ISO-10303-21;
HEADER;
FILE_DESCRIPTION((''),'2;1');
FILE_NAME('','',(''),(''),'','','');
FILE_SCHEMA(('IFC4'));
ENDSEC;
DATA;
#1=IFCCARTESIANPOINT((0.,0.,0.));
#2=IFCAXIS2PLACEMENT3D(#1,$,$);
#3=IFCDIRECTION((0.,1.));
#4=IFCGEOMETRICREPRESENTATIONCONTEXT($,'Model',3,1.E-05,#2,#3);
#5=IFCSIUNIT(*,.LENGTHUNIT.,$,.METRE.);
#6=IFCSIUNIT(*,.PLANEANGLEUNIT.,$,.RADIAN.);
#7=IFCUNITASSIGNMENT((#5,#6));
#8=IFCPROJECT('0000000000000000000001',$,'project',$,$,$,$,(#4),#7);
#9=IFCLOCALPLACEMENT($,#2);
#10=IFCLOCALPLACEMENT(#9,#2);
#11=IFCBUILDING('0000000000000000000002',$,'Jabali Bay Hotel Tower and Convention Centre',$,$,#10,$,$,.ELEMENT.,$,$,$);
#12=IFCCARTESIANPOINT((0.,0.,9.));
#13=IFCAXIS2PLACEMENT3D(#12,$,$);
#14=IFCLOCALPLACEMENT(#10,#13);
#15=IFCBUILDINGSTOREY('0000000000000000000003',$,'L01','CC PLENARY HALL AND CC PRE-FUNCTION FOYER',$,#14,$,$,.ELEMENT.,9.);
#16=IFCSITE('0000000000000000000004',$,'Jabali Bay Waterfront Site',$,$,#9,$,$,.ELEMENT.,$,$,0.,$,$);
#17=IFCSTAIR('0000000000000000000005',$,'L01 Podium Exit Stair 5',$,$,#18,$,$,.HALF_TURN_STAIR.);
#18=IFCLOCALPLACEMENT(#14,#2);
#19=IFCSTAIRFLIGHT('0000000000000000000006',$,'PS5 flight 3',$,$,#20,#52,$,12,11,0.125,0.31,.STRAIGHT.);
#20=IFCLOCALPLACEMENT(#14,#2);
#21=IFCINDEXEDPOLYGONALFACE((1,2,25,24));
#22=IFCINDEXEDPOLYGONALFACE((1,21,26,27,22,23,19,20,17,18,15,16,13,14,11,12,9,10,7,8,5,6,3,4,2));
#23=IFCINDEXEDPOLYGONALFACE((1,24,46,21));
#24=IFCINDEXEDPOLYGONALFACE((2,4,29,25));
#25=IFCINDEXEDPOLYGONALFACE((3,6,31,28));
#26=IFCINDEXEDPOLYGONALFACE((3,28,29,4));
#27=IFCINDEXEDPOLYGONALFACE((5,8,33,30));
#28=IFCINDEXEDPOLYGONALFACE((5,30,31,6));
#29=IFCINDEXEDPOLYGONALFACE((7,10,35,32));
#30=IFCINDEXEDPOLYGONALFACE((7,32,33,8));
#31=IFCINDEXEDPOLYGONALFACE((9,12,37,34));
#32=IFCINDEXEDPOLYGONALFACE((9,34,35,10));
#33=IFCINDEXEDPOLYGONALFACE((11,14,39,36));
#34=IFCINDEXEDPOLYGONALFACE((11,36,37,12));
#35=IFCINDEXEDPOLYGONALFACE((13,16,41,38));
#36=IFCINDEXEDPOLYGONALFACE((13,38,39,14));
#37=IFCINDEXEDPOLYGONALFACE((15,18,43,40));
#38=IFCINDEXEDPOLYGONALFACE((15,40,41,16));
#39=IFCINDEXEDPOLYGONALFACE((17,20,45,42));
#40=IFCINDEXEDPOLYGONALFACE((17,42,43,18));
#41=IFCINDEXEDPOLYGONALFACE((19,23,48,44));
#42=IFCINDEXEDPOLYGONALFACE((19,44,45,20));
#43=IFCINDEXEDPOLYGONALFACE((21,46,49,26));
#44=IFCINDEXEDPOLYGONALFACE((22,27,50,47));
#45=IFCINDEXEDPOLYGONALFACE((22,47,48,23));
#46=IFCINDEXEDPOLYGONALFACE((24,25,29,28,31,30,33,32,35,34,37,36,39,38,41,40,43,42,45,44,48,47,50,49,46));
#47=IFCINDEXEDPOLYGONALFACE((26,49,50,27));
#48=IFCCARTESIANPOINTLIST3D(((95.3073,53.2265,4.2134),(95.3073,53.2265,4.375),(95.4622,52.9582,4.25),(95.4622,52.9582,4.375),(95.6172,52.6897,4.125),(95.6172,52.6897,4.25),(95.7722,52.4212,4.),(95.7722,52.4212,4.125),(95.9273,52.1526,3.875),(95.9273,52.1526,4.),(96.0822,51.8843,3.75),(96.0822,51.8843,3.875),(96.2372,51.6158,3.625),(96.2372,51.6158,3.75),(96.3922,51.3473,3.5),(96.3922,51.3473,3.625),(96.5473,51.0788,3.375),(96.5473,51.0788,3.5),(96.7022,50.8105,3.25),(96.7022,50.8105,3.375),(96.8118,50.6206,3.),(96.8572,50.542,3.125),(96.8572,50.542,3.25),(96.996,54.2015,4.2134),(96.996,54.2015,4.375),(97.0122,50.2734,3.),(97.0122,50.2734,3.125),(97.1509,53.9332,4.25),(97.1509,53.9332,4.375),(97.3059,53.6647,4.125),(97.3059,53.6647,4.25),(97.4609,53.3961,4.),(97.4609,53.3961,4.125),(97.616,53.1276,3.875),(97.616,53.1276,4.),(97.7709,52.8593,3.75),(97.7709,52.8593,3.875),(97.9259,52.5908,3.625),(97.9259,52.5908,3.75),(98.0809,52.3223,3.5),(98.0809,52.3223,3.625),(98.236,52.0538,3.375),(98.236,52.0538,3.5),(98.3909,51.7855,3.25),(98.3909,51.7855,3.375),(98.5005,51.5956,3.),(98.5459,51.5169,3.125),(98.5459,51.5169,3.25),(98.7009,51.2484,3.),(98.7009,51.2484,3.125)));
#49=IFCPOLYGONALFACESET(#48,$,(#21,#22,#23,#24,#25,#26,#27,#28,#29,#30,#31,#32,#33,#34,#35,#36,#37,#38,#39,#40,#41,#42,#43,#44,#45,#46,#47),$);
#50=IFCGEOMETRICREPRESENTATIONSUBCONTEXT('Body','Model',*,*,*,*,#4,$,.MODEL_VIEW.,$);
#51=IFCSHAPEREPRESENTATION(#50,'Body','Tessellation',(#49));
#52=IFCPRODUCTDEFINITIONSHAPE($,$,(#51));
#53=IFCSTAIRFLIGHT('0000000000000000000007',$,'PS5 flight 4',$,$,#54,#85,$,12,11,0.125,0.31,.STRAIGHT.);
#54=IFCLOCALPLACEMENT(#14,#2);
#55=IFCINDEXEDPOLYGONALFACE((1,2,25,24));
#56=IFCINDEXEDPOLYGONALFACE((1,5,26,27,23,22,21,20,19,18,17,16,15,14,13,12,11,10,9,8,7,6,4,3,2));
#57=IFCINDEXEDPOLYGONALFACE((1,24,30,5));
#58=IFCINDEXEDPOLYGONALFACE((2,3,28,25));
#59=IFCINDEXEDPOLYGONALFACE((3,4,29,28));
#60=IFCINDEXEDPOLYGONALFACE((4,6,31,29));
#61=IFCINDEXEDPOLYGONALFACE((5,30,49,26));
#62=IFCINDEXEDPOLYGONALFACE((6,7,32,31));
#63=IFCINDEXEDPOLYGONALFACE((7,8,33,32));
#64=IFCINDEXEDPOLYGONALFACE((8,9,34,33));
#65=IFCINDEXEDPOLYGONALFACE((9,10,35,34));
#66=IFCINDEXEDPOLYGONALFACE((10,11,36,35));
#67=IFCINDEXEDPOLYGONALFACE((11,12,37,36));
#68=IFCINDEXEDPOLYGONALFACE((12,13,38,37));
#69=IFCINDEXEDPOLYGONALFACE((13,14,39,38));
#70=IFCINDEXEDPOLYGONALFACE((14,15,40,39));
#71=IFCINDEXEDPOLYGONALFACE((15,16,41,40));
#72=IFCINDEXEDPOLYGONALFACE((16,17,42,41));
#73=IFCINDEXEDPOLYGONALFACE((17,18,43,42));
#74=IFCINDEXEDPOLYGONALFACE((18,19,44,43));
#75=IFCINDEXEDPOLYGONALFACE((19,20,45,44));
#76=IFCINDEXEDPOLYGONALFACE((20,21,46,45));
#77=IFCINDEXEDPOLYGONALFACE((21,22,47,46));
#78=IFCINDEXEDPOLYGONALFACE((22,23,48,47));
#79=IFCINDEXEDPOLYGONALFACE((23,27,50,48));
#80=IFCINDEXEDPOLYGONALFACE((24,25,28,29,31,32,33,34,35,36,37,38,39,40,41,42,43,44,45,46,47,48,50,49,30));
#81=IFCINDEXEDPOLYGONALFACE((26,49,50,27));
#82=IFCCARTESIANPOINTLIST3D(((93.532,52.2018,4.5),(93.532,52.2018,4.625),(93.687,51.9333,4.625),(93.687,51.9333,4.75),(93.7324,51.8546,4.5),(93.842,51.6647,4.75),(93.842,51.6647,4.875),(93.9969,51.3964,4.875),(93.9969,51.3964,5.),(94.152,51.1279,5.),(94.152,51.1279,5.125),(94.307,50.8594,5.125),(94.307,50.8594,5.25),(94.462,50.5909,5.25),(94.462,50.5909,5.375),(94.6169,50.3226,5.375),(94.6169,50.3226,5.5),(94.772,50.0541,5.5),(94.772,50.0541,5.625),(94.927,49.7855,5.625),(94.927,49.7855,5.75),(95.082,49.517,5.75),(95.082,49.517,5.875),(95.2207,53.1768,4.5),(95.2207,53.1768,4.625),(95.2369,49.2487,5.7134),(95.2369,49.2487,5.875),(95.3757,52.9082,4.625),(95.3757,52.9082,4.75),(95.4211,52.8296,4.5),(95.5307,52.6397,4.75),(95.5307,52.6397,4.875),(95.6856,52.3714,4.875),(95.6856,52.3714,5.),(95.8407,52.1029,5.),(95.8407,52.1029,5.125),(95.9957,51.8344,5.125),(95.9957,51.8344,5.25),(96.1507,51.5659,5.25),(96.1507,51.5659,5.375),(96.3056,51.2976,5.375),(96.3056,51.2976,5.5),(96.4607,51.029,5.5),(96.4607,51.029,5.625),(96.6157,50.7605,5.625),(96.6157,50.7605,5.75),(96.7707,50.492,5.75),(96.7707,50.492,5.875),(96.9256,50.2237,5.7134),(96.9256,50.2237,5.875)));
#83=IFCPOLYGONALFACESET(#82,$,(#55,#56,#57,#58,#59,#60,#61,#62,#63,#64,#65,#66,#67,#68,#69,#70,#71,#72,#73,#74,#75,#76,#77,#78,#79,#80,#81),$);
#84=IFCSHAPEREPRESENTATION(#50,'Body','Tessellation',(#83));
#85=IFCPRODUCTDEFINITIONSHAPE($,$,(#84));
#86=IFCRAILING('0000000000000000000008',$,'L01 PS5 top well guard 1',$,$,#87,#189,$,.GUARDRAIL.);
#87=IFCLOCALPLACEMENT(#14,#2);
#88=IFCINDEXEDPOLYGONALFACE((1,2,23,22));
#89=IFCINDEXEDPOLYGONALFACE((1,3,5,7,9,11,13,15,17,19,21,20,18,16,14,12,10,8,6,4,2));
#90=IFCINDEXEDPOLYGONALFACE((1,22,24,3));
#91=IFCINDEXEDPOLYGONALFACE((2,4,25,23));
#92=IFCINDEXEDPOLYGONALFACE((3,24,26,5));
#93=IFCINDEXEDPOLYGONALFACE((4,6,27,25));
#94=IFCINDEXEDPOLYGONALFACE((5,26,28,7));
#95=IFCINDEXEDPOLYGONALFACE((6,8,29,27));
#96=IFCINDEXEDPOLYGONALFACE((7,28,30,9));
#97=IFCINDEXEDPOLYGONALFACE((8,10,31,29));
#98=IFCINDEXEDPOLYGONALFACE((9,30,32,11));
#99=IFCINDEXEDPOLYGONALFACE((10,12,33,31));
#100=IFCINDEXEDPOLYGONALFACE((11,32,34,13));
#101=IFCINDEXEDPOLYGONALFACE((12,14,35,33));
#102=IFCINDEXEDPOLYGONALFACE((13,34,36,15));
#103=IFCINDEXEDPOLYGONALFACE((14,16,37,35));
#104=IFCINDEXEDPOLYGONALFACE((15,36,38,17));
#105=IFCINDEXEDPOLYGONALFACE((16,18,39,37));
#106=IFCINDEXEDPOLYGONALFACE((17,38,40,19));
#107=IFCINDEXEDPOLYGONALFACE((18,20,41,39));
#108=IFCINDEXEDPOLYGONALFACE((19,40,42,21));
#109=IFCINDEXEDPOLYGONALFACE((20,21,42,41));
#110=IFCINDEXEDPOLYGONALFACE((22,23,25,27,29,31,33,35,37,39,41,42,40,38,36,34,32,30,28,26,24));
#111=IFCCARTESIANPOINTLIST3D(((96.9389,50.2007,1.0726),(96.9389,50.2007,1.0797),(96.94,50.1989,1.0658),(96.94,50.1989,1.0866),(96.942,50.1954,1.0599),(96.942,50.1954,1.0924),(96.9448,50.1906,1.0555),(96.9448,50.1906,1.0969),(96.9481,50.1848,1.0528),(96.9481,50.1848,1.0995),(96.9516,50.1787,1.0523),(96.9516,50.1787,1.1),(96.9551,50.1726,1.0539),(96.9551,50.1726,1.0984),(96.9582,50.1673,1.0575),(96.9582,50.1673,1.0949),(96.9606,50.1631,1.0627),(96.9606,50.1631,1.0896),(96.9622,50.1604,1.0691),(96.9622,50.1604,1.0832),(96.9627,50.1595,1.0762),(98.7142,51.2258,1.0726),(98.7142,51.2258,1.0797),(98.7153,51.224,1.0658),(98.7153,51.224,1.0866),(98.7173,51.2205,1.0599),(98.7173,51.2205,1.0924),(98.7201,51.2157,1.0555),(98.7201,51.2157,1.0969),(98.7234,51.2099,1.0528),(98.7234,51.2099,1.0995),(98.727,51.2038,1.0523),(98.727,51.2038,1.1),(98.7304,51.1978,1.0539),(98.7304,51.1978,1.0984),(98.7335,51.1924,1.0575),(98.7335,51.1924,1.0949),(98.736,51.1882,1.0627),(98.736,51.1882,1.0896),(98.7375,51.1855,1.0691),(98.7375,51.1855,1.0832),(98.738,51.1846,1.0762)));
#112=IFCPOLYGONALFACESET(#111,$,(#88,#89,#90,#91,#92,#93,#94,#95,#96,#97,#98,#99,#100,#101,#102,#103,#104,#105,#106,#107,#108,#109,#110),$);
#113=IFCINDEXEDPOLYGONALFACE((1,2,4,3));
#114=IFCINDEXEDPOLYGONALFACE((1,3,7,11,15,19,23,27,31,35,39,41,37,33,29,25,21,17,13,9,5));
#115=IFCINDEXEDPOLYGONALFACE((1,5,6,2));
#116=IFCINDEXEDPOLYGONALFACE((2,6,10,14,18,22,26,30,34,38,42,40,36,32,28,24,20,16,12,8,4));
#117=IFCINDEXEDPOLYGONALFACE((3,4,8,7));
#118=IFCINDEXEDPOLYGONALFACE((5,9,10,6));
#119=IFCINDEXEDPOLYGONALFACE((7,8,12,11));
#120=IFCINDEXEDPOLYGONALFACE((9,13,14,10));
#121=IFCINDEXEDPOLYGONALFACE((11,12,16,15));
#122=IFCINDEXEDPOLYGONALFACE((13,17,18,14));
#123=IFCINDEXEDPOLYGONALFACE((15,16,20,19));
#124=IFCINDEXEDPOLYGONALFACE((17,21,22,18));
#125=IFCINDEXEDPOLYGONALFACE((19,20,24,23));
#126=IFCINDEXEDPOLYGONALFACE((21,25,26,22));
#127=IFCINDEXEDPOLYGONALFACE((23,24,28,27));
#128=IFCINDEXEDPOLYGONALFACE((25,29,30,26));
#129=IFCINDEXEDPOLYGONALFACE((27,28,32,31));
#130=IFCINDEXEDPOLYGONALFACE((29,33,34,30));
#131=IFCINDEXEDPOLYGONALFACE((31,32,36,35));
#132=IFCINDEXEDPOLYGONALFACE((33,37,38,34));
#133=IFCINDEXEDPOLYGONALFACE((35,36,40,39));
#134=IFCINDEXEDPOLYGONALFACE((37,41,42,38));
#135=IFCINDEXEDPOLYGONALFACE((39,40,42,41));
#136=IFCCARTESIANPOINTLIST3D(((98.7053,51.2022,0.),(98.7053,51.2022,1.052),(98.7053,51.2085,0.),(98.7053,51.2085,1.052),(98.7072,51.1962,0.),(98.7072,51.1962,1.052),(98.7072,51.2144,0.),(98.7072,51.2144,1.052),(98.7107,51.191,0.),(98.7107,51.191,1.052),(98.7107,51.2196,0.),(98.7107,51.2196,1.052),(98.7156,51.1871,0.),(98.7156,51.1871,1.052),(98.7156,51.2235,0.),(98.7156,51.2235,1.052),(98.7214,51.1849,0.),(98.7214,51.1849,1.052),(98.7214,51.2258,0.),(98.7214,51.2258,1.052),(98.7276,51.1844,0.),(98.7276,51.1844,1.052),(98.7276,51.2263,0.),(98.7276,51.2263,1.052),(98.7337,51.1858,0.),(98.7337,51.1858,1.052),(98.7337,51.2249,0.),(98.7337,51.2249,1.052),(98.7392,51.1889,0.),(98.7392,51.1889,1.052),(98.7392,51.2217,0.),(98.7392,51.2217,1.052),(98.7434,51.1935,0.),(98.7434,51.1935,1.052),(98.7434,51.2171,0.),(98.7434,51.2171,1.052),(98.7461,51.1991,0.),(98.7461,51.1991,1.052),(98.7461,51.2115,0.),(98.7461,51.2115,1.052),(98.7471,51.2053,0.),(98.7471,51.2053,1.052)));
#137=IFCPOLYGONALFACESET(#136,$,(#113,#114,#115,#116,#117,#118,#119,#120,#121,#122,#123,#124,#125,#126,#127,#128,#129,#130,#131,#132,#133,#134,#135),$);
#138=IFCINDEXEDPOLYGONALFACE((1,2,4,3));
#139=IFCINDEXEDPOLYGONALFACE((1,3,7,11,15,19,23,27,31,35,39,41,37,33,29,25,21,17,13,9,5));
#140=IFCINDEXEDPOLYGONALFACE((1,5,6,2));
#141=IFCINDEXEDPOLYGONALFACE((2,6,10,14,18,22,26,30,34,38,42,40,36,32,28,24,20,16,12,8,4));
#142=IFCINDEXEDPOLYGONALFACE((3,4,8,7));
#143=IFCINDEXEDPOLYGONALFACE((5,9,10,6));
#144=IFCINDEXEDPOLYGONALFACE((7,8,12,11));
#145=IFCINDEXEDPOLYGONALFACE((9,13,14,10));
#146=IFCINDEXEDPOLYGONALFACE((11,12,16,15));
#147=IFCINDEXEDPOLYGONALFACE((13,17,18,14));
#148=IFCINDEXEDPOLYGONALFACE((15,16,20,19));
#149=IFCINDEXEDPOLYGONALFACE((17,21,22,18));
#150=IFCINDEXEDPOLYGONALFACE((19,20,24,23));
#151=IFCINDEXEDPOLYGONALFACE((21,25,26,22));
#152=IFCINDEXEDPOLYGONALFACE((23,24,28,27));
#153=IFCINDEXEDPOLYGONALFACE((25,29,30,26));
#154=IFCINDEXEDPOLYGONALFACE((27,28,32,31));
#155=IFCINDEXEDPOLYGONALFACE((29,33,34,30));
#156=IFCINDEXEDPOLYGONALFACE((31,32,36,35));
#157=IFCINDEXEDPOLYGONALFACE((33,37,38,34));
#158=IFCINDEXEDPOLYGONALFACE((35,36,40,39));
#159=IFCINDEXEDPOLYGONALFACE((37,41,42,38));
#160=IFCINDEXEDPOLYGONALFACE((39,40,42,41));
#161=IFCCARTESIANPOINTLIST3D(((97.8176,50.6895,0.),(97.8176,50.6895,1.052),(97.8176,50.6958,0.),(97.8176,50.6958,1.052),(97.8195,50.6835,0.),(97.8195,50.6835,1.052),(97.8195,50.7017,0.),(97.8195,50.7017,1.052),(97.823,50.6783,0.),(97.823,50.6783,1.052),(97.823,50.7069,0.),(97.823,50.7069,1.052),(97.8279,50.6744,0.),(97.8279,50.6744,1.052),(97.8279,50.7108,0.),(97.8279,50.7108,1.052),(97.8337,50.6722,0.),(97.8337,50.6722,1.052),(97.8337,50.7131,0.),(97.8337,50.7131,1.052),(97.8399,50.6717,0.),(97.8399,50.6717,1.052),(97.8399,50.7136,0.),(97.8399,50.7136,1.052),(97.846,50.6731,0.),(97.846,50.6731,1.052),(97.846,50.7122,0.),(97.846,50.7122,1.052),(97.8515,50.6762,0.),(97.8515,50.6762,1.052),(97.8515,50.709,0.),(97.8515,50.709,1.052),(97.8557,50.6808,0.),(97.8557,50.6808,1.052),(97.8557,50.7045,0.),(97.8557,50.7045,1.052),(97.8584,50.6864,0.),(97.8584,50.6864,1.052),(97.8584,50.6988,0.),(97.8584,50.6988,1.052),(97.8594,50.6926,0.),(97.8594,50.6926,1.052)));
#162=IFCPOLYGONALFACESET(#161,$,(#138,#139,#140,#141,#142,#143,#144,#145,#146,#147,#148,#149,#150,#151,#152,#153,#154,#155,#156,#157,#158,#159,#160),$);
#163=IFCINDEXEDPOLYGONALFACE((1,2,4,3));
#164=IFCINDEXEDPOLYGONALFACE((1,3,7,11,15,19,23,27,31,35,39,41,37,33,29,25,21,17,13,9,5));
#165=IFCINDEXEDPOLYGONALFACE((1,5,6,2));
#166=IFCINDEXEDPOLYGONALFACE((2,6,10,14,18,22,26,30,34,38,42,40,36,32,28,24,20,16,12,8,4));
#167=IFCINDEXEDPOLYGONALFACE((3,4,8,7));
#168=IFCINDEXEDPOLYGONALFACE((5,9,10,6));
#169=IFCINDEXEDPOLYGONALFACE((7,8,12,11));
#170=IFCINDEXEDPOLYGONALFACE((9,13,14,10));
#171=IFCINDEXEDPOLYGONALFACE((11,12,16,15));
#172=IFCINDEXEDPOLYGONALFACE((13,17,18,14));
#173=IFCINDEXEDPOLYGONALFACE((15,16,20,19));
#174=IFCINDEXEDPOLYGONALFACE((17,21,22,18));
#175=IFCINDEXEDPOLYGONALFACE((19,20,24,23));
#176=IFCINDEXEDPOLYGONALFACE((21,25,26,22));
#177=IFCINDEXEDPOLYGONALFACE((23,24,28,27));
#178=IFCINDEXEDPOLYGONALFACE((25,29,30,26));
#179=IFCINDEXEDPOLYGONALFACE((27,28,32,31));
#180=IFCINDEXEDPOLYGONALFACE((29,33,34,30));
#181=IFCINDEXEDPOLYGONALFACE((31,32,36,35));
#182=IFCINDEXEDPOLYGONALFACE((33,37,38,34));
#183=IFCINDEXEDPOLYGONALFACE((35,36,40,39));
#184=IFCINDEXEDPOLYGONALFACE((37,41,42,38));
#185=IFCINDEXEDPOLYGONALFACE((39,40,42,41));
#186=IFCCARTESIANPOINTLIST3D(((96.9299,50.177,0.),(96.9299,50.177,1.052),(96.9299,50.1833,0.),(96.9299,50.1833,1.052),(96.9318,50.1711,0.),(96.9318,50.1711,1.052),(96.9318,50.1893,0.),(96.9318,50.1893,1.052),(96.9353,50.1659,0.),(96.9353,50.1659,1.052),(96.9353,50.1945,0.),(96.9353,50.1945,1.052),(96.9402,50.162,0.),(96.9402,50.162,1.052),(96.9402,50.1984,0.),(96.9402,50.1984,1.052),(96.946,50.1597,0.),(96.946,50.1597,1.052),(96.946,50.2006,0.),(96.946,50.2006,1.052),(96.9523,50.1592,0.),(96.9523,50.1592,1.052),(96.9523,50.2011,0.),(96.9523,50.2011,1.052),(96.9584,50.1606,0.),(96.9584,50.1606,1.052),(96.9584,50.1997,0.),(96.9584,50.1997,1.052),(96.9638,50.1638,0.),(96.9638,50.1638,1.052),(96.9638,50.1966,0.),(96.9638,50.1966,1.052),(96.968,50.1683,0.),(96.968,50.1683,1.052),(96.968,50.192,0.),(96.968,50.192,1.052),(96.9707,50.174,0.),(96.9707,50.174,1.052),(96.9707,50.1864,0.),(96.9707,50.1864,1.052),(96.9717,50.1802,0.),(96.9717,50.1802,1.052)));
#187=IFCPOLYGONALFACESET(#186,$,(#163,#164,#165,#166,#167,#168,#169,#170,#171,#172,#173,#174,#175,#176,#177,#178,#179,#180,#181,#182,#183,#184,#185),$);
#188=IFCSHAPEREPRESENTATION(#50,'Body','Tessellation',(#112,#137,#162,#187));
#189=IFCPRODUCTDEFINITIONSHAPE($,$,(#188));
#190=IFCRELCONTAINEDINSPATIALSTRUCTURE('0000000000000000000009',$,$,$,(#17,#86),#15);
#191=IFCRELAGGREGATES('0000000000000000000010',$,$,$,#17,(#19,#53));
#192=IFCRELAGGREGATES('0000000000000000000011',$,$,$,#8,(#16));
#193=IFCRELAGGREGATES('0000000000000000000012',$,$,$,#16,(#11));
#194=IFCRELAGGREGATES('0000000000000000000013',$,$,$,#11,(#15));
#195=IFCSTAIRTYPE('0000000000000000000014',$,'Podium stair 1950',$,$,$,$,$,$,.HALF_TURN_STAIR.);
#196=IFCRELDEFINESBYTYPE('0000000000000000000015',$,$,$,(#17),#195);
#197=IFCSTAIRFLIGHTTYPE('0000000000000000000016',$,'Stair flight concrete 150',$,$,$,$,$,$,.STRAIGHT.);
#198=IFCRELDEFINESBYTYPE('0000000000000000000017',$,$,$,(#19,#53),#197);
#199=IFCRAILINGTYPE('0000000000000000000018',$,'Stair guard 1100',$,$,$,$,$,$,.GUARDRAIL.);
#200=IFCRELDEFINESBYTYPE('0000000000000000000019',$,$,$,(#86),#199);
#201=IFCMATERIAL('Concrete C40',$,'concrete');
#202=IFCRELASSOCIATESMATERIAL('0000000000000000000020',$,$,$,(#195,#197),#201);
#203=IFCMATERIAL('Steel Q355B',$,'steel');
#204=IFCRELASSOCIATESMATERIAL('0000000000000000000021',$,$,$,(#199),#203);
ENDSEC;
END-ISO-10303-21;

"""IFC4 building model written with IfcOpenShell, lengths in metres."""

from ifc_helpers import new_model, si_unit, direction, frame, origin, origin_2d, place, context, subcontext, project, spatial, polyline, circle, outline, extrude, material, type_object, element, aggregate, save


model = new_model("IFC4")

# Units and contexts
model_context = context("Model", 3, precision=1e-05, world=origin(), true_north=direction((0.0, 1.0)))
body_context = subcontext(model_context, "Body", "Model", "MODEL_VIEW")
ifc_project = project(units=[si_unit("LENGTHUNIT", "METRE"), si_unit("PLANEANGLEUNIT", "RADIAN")], contexts=[model_context])

# Site, building, storey
site_placement = place(None, origin())
site = spatial("IfcSite", under=ifc_project, at=site_placement, Name="Jabali Bay Waterfront Site", CompositionType="ELEMENT", RefElevation=0.0)
building_placement = place(site_placement, origin())
building = spatial("IfcBuilding", under=site, at=building_placement, Name="Jabali Bay Hotel Tower and Convention Centre", CompositionType="ELEMENT")
storey_placement = place(building_placement, frame((0.0, 0.0, 9.0)))
storey = spatial("IfcBuildingStorey", under=building, at=storey_placement, Name="L01", Description="CC PLENARY HALL AND CC PRE-FUNCTION FOYER", CompositionType="ELEMENT", Elevation=9.0)

# Shared definitions
ifc_material_1 = material(Name="Concrete C40", Category="concrete")

# Stair, stair flights
stair_type = type_object("IfcStairType", Name="Podium stair 1950", PredefinedType="HALF_TURN_STAIR", material=ifc_material_1)
stair_placement = place(storey_placement, origin())
stair = element("IfcStair", 1, at=stair_placement, inside=storey, type_object=stair_type, Name="L01 Podium Exit Stair 5", PredefinedType="HALF_TURN_STAIR")
stair_flight_type = type_object("IfcStairFlightType", Name="Stair flight concrete 150", PredefinedType="STRAIGHT", material=ifc_material_1)
stair_flight_1_placement = place(storey_placement, frame((97.8567, 50.761, 3.0), z_axis=(0.0, 0.0, 1.0), x_axis=(-0.5, 0.866025, 0.0)))
stair_flight_1 = element("IfcStairFlight", 2, at=stair_flight_1_placement, type_object=stair_flight_type, Name="PS5 flight 3", NumberOfRisers=12, NumberOfTreads=11, PredefinedType="STRAIGHT", RiserHeight=0.125, TreadLength=0.31, context=body_context, shape_type="SweptSolid", body=[
    extrude(outline(polyline([(0.0, 0.0), (0.0, 0.125), (0.3101, 0.125), (0.3101, 0.25), (0.6201, 0.25), (0.6201, 0.375), (0.9299, 0.375), (0.9299, 0.5), (1.24, 0.5), (1.24, 0.625), (1.55, 0.625), (1.55, 0.75), (1.8601, 0.75), (1.8601, 0.875), (2.1699, 0.875), (2.1699, 1.0), (2.48, 1.0), (2.48, 1.125), (2.79, 1.125), (2.79, 1.25), (3.1001, 1.25), (3.1001, 1.375), (3.4099, 1.375), (3.4099, 1.5), (3.4099, 1.2134), (0.4009, 0.0), (0.0, 0.0)])), frame((0.0, 0.9751, 0.0), z_axis=(0.0, -1.0, 0.0), x_axis=(1.0, 0.0, 0.0)), (0.0, 0.0, 1.0), 1.95),
])
stair_flight_2_placement = place(storey_placement, frame((94.3762, 52.6892, 4.5), z_axis=(0.0, 0.0, 1.0), x_axis=(0.5, -0.866025, 0.0)))
stair_flight_2 = element("IfcStairFlight", 3, at=stair_flight_2_placement, type_object=stair_flight_type, Name="PS5 flight 4", NumberOfRisers=12, NumberOfTreads=11, PredefinedType="STRAIGHT", RiserHeight=0.125, TreadLength=0.31, context=body_context, shape_type="SweptSolid", body=[
    extrude(outline(polyline([(0.0, 0.0), (0.0, 0.125), (0.3101, 0.125), (0.3101, 0.25), (0.6201, 0.25), (0.6201, 0.375), (0.9299, 0.375), (0.9299, 0.5), (1.24, 0.5), (1.24, 0.625), (1.55, 0.625), (1.55, 0.75), (1.8601, 0.75), (1.8601, 0.875), (2.1699, 0.875), (2.1699, 1.0), (2.48, 1.0), (2.48, 1.125), (2.79, 1.125), (2.79, 1.25), (3.1001, 1.25), (3.1001, 1.375), (3.4099, 1.375), (3.4099, 1.5), (3.4099, 1.2134), (0.4009, 0.0), (0.0, 0.0)])), frame((0.0, 0.9751, 0.0), z_axis=(0.0, -1.0, 0.0), x_axis=(1.0, 0.0, 0.0)), (0.0, 0.0, 1.0), 1.95),
])
aggregate(stair, [stair_flight_1, stair_flight_2])

# Railing
ifc_material_2 = material(Name="Steel Q355B", Category="steel")
railing_type_1 = type_object("IfcRailingType", Name="Stair guard 1100", PredefinedType="GUARDRAIL", material=ifc_material_2)
railing_1_placement = place(storey_placement, frame((98.7261, 51.2053, 0.0)))
element("IfcRailing", 4, at=railing_1_placement, inside=storey, type_object=railing_type_1, Name="L01 PS5 top well guard 1", PredefinedType="GUARDRAIL", context=body_context, shape_type="SweptSolid", body=[
    extrude(circle(Radius=0.0239, at=origin_2d()), frame((0.0, 0.0, 1.0762), z_axis=(-0.865999, -0.500045, 0.0), x_axis=(0.500045, -0.865999, 0.0)), (0.0, 0.0, 1.0), 2.05),
    extrude(circle(Radius=0.021, at=origin_2d()), origin(), (0.0, 0.0, 1.0), 1.052),
    extrude(circle(Radius=0.021, at=origin_2d()), frame((-0.8877, -0.5127, 0.0)), (0.0, 0.0, 1.0), 1.052),
    extrude(circle(Radius=0.021, at=origin_2d()), frame((-1.7754, -1.0251, 0.0)), (0.0, 0.0, 1.0), 1.052),
])

save(model, "model.ifc")
